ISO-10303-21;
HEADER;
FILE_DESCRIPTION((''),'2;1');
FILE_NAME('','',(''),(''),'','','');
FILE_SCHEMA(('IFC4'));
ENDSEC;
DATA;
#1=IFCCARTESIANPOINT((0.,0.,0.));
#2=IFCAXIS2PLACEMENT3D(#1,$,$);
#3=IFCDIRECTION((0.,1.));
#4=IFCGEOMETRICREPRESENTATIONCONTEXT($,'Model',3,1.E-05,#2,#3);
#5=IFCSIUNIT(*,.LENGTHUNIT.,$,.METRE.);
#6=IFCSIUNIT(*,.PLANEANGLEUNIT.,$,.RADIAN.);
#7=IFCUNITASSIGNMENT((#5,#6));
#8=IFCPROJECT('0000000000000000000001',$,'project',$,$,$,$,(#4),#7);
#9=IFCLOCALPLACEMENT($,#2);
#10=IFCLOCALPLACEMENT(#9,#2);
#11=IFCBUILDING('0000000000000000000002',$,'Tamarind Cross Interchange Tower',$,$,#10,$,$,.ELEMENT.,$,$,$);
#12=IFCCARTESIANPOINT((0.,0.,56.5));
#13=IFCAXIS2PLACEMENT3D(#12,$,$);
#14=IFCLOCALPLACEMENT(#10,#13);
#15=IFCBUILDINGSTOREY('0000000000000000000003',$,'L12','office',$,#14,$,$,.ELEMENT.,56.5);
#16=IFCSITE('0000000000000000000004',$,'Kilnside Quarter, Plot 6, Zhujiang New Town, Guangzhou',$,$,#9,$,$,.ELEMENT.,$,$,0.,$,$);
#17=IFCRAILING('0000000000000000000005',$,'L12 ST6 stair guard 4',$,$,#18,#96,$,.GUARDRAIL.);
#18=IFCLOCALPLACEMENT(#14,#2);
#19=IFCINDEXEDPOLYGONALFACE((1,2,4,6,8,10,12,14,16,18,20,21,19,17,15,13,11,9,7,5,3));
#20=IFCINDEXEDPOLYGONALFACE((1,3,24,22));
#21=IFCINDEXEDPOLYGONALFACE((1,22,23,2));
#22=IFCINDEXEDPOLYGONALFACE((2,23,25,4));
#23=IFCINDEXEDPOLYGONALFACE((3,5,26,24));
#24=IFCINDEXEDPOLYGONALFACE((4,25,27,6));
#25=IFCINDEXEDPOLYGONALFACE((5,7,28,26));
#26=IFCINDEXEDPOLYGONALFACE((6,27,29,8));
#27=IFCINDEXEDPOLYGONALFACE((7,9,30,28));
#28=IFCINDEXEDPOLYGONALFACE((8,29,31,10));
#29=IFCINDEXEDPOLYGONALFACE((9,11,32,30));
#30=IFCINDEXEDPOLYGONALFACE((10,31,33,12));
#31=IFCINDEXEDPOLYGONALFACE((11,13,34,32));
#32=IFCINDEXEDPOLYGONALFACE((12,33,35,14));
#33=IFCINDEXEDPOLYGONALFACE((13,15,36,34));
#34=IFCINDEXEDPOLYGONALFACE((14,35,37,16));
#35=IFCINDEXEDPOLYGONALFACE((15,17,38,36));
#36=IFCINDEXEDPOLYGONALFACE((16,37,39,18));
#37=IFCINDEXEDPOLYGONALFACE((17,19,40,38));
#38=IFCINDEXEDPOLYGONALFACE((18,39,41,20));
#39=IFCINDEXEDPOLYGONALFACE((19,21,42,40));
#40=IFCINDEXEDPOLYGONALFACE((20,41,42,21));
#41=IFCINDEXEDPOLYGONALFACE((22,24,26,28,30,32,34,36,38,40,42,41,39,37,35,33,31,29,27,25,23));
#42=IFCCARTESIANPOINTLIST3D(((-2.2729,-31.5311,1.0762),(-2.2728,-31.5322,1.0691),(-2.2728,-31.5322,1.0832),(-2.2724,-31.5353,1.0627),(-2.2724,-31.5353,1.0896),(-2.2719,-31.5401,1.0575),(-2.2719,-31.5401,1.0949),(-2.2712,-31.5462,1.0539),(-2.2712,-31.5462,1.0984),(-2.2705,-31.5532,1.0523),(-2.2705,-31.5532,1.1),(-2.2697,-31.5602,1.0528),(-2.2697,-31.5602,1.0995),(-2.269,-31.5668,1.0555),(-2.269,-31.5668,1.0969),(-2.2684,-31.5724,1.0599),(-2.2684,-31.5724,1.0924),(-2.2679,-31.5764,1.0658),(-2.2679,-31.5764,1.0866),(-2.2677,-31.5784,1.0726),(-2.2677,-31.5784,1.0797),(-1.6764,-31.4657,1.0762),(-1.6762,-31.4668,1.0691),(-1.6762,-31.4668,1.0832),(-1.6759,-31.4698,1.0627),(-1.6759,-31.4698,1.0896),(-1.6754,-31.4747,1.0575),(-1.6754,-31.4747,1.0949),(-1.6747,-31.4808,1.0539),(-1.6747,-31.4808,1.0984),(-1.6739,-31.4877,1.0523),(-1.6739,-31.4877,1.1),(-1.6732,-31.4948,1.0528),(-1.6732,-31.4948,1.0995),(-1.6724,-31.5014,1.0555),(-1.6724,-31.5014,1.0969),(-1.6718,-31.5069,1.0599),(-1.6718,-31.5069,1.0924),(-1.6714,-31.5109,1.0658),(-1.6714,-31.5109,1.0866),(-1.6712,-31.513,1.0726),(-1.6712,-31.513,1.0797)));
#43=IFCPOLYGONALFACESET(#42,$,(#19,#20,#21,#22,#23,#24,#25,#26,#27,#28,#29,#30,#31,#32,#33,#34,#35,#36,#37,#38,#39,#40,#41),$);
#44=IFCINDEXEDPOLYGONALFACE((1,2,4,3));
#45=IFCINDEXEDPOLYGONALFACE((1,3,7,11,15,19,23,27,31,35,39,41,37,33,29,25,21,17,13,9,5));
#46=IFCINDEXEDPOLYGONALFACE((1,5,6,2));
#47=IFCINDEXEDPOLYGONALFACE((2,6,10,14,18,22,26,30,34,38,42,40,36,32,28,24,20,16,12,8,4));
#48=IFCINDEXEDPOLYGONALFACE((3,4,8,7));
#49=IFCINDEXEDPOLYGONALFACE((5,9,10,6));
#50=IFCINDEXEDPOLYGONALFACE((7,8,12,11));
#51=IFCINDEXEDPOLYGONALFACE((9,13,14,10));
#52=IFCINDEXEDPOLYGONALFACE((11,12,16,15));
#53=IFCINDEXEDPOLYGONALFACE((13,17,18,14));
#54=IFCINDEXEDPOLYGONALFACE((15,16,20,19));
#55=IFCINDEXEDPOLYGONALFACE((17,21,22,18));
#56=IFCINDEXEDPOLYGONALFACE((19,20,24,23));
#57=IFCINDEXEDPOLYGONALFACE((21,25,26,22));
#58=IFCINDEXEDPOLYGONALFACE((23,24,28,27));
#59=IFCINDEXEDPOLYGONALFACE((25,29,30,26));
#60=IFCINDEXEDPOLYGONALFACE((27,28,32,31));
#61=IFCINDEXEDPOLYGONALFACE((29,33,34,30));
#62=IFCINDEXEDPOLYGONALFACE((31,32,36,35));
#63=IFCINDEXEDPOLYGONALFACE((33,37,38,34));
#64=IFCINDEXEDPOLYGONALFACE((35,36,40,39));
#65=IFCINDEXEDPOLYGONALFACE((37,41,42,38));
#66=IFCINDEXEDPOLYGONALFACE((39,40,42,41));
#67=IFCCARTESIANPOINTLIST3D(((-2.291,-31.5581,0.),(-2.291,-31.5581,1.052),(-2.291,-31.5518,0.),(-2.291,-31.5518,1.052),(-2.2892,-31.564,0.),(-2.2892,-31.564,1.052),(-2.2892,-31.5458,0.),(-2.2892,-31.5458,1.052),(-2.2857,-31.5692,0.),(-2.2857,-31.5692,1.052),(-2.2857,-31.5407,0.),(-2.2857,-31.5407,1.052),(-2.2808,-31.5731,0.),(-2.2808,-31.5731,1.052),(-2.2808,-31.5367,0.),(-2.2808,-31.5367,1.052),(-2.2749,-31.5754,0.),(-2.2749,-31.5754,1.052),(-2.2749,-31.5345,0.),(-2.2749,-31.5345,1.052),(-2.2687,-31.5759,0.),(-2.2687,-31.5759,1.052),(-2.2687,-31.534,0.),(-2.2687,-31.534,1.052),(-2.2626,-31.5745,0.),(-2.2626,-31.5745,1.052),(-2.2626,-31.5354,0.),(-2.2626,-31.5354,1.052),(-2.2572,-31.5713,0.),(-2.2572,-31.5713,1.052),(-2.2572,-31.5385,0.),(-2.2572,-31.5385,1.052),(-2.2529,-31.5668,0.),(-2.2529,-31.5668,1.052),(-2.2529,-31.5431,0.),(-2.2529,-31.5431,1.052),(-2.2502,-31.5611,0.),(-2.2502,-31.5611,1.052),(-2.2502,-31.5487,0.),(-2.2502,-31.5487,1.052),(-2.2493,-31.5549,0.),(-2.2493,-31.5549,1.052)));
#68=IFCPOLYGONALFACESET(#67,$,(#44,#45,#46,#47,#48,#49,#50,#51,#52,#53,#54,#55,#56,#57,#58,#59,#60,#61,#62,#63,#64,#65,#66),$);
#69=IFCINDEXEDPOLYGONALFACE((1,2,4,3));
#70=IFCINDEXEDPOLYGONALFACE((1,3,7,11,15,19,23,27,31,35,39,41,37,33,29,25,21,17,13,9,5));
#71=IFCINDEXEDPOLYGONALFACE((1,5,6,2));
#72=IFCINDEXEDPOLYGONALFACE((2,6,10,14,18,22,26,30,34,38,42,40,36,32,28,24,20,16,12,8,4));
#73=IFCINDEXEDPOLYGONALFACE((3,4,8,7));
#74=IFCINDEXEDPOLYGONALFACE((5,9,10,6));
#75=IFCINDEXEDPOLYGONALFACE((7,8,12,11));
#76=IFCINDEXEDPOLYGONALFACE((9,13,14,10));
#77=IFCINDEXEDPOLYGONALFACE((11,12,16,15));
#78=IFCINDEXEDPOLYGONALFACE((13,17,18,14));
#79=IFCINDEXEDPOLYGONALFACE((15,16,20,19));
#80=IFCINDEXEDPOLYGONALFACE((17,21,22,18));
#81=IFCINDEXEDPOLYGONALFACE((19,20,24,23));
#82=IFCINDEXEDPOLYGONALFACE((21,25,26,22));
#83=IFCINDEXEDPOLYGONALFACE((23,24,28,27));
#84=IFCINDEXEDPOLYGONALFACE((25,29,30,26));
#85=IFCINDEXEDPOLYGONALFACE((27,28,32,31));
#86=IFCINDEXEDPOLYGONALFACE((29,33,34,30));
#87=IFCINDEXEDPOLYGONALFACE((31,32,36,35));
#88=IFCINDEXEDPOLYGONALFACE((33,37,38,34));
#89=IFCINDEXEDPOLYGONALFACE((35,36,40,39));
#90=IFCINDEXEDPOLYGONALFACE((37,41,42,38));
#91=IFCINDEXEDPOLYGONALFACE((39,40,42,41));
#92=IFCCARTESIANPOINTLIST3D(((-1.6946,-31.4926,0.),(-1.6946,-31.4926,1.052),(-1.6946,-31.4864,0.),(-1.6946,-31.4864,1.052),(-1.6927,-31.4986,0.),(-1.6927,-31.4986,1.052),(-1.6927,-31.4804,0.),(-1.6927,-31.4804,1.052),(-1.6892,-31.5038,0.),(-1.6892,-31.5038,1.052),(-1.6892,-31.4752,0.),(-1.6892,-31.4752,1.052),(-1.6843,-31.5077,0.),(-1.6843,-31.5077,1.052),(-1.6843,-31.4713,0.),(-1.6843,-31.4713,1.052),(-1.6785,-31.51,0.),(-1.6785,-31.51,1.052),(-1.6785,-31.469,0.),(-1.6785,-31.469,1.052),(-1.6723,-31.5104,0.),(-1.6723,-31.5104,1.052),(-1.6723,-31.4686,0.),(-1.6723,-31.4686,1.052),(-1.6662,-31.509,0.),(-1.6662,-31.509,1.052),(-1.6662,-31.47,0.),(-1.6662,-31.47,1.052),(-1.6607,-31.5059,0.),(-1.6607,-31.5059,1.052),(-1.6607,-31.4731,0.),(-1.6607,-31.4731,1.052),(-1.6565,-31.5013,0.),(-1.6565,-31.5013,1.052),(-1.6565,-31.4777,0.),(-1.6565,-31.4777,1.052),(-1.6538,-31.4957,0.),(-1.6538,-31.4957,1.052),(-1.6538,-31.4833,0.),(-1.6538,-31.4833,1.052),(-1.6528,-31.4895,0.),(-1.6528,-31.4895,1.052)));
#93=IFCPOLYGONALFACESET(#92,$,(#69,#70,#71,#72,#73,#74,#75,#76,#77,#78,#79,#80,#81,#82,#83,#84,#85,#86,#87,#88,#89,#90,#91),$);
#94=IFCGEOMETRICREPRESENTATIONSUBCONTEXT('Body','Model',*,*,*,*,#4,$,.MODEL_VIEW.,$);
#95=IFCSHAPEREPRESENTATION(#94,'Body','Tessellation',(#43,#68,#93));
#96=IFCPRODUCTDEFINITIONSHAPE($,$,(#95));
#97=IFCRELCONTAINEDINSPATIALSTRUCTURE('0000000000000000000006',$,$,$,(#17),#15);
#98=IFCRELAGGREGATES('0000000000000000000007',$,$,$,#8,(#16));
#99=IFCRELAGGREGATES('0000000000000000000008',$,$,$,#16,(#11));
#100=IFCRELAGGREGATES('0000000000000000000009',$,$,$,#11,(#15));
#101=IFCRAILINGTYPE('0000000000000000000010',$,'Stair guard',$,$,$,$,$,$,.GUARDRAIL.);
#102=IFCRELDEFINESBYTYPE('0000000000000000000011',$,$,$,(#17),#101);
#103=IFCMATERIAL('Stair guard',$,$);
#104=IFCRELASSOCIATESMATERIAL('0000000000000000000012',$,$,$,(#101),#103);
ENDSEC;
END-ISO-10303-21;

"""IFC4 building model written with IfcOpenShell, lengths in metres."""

from ifc_helpers import new_model, si_unit, direction, frame, origin, origin_2d, place, context, subcontext, project, spatial, circle, extrude, material, type_object, element, save


model = new_model("IFC4")

# Units and contexts
model_context = context("Model", 3, precision=1e-05, world=origin(), true_north=direction((0.0, 1.0)))
body_context = subcontext(model_context, "Body", "Model", "MODEL_VIEW")
ifc_project = project(units=[si_unit("LENGTHUNIT", "METRE"), si_unit("PLANEANGLEUNIT", "RADIAN")], contexts=[model_context])

# Site, building, storey
site_placement = place(None, origin())
site = spatial("IfcSite", under=ifc_project, at=site_placement, Name="Kilnside Quarter, Plot 6, Zhujiang New Town, Guangzhou", CompositionType="ELEMENT", RefElevation=0.0)
building_placement = place(site_placement, origin())
building = spatial("IfcBuilding", under=site, at=building_placement, Name="Tamarind Cross Interchange Tower", CompositionType="ELEMENT")
storey_placement = place(building_placement, frame((0.0, 0.0, 56.5)))
storey = spatial("IfcBuildingStorey", under=building, at=storey_placement, Name="L12", Description="office", CompositionType="ELEMENT", Elevation=56.5)

# Railing
ifc_material_1 = material(Name="Stair guard")
railing_type_1 = type_object("IfcRailingType", Name="Stair guard", PredefinedType="GUARDRAIL", material=ifc_material_1)
railing_1_placement = place(storey_placement, frame((-2.2703, -31.5549, 0.0)))
element("IfcRailing", 1, at=railing_1_placement, inside=storey, type_object=railing_type_1, Name="L12 ST6 stair guard 4", PredefinedType="GUARDRAIL", context=body_context, shape_type="SweptSolid", body=[
    extrude(circle(Radius=0.0239, at=origin_2d()), frame((0.0, 0.0, 1.0762), z_axis=(0.994037, 0.109047, 0.0), x_axis=(-0.109047, 0.994037, 0.0)), (0.0, 0.0, 1.0), 0.6001),
    extrude(circle(Radius=0.021, at=origin_2d()), origin(), (0.0, 0.0, 1.0), 1.052),
    extrude(circle(Radius=0.021, at=origin_2d()), frame((0.5964, 0.0654, 0.0)), (0.0, 0.0, 1.0), 1.052),
])

save(model, "model.ifc")
